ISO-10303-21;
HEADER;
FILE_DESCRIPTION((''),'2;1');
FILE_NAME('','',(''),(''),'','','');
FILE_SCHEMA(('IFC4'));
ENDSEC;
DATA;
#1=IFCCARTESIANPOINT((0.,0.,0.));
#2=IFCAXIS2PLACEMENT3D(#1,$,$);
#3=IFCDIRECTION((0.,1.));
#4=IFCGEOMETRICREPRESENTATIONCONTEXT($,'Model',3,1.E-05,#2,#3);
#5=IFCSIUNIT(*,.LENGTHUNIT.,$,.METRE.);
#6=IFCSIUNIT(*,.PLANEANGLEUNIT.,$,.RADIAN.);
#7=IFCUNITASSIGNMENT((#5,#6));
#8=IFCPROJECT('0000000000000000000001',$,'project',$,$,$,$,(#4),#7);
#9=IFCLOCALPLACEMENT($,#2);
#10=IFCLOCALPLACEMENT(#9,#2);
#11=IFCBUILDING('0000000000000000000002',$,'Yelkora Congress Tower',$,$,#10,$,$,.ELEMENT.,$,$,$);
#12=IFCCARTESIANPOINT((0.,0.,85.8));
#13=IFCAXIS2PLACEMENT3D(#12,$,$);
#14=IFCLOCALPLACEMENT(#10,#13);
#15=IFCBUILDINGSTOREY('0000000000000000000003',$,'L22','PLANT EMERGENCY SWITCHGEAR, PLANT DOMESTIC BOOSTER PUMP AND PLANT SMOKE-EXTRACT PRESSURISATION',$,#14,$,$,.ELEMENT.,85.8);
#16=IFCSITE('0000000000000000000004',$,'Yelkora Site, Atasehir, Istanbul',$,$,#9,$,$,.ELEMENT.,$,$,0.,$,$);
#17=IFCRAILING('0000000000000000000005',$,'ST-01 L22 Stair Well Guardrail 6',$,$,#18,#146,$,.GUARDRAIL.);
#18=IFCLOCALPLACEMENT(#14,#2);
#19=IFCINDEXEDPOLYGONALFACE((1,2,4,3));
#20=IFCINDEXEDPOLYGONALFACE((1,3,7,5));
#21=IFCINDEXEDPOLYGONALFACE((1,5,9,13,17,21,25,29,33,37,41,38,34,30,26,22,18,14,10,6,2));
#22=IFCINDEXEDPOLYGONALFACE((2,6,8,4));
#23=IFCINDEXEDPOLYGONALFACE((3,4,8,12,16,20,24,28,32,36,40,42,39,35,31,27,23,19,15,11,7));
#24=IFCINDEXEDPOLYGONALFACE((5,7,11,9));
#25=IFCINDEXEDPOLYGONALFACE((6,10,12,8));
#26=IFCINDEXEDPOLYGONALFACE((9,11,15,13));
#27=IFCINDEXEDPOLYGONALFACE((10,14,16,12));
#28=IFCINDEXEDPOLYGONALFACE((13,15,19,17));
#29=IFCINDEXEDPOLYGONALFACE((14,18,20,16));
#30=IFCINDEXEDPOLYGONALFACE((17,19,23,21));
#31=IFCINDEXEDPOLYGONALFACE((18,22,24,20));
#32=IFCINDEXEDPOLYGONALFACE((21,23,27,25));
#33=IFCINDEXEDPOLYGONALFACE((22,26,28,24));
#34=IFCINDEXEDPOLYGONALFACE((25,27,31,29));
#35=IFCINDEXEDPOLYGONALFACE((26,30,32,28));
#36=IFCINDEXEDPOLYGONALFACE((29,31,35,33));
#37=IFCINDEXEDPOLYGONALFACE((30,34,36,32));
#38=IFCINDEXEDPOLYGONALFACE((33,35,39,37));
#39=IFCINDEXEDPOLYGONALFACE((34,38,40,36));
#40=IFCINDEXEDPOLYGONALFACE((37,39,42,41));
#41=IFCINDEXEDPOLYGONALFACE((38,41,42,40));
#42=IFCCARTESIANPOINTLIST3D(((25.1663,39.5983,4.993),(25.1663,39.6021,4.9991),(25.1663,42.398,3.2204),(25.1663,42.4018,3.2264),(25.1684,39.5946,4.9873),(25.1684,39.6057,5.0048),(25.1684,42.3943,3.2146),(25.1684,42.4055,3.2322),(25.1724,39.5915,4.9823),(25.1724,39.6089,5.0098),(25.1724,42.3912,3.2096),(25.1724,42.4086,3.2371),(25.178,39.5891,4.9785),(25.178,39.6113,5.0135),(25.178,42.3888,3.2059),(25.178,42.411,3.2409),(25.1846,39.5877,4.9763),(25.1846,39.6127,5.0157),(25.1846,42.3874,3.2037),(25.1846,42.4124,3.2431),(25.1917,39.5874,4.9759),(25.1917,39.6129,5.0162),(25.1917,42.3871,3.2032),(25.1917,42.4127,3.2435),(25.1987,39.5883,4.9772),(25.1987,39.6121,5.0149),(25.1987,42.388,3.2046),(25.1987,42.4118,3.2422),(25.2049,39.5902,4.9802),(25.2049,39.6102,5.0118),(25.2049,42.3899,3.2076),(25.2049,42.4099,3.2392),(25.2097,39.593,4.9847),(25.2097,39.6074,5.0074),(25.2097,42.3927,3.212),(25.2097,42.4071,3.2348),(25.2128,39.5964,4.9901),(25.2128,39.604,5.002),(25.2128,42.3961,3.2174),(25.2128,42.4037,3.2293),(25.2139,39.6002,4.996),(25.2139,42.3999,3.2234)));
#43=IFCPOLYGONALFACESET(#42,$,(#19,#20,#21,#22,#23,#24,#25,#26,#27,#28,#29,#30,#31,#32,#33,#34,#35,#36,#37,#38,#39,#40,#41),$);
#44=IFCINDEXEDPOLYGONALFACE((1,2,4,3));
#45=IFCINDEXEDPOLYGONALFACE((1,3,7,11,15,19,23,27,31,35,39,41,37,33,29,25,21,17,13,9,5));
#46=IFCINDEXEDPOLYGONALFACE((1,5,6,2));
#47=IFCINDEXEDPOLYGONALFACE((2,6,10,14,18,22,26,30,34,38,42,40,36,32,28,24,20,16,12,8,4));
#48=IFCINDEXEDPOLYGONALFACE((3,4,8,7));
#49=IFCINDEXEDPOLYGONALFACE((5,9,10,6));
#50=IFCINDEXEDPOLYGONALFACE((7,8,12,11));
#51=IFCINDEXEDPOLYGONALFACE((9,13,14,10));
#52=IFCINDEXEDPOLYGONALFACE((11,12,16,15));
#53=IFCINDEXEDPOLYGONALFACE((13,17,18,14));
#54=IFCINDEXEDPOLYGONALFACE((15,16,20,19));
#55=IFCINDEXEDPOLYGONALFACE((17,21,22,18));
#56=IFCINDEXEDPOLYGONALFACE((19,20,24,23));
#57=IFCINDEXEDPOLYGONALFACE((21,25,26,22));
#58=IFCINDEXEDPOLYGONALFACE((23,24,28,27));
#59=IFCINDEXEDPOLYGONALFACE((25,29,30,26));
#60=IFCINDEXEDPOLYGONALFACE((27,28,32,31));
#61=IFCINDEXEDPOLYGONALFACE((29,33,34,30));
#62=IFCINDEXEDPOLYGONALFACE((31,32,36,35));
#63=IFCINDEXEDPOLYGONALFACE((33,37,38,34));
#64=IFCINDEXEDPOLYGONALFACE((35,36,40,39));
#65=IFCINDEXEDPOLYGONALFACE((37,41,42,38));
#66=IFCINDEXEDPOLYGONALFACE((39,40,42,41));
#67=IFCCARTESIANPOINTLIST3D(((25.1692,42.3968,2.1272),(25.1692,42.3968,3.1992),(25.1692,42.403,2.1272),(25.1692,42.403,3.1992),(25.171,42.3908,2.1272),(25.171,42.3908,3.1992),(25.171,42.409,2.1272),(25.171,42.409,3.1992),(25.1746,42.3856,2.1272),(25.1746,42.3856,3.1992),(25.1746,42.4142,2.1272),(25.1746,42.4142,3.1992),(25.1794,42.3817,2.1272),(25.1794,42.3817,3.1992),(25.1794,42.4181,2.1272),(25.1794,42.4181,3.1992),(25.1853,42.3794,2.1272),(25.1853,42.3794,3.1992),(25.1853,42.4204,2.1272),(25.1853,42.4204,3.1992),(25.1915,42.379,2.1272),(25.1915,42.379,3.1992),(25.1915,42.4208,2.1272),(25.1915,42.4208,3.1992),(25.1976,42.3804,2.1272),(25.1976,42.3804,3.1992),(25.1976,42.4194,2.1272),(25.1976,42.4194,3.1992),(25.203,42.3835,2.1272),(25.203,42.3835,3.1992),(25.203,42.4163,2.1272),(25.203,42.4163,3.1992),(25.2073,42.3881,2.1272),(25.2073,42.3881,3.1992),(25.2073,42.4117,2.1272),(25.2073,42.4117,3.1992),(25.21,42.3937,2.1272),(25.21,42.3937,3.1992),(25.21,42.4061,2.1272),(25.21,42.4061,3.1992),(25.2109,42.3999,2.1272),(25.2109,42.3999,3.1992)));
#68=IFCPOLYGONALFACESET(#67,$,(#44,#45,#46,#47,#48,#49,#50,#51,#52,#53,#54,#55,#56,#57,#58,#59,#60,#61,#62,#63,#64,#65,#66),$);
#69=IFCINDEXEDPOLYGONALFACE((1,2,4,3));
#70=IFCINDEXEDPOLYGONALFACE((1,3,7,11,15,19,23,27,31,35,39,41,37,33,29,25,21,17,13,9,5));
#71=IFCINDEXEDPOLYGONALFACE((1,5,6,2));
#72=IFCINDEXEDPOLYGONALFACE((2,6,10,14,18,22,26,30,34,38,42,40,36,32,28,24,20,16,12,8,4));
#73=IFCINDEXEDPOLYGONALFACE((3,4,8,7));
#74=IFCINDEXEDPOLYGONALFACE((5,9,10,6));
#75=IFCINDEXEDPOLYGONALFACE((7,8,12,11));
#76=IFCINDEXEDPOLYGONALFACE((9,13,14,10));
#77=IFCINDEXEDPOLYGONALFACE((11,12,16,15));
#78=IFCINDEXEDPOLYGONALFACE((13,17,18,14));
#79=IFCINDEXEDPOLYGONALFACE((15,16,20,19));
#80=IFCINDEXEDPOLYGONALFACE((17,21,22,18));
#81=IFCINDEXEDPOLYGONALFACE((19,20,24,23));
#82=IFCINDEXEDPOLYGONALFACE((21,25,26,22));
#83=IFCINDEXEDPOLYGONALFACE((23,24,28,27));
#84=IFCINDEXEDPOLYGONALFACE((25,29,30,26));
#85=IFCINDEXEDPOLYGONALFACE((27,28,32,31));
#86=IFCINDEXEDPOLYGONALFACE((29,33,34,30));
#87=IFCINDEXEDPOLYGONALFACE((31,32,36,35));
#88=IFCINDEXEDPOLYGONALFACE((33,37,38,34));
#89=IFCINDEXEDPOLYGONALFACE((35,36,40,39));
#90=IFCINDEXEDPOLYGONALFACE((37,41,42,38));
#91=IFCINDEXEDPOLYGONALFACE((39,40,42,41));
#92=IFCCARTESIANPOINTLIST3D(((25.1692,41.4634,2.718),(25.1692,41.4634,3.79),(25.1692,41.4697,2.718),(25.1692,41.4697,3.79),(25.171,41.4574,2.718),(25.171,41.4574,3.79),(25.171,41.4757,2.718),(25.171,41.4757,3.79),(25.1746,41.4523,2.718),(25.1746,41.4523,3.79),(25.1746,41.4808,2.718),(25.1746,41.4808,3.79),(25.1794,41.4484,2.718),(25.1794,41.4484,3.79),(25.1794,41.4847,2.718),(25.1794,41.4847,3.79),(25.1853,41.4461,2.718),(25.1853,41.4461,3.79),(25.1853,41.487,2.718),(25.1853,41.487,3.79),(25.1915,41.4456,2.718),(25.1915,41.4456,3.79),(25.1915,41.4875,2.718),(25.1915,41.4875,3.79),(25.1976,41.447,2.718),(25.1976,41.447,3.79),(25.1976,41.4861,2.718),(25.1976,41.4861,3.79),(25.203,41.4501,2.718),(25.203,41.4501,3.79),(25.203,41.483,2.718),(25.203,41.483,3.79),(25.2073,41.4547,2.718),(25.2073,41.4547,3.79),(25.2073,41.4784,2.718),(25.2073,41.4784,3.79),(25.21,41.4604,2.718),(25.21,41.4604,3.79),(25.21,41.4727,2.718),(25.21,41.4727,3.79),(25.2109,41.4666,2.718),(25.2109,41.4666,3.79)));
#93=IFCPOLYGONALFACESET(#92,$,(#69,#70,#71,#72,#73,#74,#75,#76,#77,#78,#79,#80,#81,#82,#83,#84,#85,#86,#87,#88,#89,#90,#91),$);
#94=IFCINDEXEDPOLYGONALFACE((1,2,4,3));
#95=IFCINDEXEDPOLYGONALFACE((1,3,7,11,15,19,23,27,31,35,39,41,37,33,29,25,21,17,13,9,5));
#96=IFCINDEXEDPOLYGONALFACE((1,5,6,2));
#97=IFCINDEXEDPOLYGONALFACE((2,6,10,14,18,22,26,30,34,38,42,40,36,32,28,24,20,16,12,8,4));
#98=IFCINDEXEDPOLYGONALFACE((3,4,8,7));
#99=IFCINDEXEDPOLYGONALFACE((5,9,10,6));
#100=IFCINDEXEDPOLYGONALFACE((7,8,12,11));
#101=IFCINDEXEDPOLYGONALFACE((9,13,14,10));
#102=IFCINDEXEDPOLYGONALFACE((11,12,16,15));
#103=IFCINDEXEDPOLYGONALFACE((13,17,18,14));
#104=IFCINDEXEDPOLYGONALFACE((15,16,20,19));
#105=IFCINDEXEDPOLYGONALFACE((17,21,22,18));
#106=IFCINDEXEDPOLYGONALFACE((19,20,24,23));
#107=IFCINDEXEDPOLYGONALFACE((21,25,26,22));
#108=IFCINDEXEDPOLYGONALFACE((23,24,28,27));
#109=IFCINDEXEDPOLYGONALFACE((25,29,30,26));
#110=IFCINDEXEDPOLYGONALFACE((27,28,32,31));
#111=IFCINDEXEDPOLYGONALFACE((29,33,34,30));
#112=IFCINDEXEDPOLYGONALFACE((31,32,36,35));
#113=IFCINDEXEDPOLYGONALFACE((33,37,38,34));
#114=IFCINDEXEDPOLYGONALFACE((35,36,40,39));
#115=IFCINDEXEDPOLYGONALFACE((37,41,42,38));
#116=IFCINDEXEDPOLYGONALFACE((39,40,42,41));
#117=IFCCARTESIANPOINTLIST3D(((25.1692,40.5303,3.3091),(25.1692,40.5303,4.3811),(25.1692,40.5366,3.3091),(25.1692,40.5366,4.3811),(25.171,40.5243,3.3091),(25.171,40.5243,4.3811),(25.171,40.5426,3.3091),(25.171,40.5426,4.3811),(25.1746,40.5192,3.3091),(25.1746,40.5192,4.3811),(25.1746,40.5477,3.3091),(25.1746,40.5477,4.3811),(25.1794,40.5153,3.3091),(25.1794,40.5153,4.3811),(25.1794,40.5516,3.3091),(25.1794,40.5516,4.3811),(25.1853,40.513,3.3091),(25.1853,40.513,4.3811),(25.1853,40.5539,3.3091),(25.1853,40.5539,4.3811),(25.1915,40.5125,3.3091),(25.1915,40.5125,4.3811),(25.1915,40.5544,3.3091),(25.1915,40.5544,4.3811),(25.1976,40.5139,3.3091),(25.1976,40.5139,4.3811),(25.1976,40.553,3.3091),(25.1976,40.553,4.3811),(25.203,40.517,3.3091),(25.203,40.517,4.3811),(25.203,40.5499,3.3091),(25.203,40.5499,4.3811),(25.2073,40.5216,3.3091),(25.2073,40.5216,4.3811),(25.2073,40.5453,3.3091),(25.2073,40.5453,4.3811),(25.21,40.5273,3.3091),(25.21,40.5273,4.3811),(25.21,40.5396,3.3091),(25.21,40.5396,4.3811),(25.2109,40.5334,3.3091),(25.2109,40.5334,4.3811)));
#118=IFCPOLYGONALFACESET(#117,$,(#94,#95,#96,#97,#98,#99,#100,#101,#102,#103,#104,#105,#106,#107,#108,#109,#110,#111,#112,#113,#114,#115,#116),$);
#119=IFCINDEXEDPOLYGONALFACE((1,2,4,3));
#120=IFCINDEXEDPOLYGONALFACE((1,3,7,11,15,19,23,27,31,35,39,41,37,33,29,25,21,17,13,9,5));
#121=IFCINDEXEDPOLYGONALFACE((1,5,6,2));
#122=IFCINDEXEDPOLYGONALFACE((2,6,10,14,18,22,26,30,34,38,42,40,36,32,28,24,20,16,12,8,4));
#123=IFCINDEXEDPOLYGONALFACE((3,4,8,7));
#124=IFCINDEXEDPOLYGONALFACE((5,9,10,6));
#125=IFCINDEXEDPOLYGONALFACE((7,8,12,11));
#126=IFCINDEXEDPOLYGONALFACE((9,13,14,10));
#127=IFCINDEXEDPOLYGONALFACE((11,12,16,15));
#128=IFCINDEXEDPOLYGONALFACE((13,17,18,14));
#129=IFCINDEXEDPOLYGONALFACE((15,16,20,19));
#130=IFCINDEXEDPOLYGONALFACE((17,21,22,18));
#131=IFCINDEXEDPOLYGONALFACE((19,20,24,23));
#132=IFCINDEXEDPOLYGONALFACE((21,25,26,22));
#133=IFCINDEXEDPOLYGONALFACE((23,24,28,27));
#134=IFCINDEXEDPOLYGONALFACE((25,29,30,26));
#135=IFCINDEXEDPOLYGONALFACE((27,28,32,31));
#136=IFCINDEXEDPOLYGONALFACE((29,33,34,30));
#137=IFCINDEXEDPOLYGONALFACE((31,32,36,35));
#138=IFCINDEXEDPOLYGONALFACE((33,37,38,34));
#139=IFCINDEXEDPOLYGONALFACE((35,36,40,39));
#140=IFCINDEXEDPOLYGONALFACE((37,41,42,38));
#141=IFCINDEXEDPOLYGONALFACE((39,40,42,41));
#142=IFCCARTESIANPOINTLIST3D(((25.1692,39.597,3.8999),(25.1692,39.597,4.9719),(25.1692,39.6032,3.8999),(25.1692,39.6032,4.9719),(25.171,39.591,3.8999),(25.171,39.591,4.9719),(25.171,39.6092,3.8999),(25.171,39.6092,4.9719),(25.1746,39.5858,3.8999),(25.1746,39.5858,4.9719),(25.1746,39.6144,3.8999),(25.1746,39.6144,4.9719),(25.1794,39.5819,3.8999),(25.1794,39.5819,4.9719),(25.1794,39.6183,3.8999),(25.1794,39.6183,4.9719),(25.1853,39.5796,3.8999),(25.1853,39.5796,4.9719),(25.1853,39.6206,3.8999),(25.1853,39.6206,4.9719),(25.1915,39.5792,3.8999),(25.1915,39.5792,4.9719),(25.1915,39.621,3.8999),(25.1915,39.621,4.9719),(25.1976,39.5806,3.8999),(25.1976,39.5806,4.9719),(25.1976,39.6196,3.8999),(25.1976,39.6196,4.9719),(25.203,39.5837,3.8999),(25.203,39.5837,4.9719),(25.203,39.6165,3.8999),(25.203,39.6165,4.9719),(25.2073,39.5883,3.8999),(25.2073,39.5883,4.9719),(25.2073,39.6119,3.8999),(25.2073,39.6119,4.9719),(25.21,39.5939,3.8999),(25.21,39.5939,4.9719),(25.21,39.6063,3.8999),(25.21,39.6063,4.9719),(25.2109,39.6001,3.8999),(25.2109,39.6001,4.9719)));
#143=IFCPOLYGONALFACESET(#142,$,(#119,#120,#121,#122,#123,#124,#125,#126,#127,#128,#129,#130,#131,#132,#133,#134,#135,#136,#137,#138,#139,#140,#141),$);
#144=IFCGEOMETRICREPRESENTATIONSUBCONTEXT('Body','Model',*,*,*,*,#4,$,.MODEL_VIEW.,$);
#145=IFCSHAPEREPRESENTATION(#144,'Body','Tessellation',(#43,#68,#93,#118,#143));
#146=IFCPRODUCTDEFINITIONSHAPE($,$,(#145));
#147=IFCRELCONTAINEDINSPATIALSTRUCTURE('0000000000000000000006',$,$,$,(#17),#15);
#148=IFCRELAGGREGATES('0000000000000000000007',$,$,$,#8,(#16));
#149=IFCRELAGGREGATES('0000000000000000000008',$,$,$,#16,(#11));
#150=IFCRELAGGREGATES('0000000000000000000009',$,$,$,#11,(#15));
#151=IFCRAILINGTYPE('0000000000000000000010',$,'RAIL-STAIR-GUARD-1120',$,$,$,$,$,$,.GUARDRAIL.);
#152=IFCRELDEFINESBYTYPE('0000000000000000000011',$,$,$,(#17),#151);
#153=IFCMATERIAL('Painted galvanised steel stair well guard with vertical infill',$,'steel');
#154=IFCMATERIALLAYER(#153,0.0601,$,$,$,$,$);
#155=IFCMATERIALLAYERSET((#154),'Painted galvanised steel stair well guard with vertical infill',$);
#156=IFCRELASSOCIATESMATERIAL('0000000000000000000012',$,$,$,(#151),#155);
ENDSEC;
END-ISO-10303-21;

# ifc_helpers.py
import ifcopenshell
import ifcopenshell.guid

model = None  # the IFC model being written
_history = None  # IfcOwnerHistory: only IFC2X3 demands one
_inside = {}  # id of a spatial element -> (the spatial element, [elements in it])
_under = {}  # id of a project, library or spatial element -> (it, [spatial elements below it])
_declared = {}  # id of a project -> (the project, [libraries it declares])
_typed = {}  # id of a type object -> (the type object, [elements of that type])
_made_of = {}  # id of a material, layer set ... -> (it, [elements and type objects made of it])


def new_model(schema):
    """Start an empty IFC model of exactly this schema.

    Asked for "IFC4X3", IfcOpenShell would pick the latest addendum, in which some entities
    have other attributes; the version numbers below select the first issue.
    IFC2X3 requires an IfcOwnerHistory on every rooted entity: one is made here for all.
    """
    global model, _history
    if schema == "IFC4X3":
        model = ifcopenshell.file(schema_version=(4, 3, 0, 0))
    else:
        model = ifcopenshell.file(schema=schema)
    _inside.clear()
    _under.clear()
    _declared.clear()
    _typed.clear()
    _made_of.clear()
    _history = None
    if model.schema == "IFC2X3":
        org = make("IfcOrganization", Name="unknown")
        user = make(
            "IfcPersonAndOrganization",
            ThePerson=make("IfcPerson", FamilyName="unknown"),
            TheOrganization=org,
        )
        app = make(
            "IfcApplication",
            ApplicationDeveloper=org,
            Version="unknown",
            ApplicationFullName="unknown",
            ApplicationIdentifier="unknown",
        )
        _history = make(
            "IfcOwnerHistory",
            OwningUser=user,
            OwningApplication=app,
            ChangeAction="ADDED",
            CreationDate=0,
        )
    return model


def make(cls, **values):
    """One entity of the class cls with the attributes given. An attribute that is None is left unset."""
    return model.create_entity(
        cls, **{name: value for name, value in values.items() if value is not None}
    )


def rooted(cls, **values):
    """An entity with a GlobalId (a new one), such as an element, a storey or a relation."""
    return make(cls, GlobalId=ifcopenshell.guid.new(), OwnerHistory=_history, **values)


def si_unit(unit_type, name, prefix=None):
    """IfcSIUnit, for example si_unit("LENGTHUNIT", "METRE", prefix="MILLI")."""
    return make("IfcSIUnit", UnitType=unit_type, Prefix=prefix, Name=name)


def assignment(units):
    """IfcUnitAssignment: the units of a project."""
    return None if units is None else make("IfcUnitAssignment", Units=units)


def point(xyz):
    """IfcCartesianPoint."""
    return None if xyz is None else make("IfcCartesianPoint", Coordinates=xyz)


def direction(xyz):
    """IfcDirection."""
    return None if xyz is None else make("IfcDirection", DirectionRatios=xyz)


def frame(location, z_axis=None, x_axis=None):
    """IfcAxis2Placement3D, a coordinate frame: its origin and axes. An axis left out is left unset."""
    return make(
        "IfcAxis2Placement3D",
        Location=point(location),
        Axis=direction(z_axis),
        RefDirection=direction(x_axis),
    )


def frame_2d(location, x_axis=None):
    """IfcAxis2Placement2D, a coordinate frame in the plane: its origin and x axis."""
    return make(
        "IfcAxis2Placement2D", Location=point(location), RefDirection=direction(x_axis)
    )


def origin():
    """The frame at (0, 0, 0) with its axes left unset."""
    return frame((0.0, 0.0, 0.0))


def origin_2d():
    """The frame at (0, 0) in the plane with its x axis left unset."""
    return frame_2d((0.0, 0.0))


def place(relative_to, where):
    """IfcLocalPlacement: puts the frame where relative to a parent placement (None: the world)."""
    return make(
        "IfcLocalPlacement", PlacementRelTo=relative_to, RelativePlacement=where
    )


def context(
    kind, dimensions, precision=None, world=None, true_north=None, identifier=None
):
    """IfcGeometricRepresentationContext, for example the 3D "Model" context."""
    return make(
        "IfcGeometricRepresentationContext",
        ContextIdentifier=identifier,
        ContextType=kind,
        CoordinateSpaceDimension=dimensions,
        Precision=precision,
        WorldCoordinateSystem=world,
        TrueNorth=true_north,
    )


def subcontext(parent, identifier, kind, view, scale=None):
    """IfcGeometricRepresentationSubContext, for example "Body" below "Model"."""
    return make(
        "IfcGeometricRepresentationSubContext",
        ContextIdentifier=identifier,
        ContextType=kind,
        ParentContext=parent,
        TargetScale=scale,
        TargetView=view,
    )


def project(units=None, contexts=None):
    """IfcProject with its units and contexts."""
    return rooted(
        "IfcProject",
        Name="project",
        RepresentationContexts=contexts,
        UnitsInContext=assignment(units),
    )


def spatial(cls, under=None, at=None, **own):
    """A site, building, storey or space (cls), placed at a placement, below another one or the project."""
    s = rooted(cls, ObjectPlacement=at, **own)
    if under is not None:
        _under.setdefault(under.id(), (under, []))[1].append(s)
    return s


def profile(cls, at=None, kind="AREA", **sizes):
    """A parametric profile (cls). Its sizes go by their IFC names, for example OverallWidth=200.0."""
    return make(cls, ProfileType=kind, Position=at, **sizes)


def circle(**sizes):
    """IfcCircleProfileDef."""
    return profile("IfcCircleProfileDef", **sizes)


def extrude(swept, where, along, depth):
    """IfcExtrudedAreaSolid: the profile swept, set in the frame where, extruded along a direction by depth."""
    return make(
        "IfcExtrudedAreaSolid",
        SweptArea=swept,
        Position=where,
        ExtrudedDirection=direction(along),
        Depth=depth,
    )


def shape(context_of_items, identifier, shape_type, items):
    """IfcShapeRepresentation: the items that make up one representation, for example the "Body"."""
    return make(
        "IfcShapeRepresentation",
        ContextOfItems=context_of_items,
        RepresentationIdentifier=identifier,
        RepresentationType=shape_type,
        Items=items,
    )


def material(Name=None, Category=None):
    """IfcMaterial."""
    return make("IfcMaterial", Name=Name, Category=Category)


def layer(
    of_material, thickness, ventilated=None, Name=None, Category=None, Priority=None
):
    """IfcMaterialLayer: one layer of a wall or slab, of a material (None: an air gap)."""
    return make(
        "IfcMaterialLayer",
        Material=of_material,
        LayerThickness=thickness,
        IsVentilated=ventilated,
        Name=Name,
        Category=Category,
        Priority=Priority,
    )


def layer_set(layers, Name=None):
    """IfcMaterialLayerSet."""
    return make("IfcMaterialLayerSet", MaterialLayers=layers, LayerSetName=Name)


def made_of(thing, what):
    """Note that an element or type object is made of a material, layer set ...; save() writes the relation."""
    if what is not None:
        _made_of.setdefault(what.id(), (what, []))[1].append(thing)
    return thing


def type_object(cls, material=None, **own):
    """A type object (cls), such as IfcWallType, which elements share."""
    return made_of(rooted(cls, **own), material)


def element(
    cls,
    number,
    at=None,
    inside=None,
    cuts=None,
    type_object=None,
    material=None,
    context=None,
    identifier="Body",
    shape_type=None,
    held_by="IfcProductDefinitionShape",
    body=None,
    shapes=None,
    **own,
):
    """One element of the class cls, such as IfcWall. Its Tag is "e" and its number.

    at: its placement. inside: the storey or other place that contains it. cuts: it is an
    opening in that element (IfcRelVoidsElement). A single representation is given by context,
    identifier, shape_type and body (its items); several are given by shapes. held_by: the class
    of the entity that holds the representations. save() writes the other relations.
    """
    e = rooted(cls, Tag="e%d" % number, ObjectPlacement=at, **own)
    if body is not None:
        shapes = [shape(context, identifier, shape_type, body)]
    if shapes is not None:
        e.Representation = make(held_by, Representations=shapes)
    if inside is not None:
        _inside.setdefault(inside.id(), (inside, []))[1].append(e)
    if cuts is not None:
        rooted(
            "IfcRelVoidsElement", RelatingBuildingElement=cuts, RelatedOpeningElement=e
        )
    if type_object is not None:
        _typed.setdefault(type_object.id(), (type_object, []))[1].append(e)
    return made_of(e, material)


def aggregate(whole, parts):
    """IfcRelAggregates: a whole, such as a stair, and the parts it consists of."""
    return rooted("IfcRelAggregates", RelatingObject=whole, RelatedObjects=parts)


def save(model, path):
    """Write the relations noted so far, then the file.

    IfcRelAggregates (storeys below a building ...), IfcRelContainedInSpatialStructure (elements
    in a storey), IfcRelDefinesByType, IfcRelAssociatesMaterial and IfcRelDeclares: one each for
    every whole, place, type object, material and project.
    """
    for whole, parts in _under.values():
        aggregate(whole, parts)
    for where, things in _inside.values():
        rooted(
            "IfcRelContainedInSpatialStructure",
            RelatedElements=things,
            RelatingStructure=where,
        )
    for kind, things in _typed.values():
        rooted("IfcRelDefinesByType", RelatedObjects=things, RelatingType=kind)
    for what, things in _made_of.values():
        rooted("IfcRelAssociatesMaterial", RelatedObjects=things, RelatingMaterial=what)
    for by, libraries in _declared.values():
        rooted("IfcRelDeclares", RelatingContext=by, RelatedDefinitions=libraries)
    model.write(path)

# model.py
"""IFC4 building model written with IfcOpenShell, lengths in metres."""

from ifc_helpers import new_model, si_unit, direction, frame, origin, origin_2d, place, context, subcontext, project, spatial, circle, extrude, material, layer, layer_set, type_object, element, save


model = new_model("IFC4")

# Units and contexts
model_context = context("Model", 3, precision=1e-05, world=origin(), true_north=direction((0.0, 1.0)))
body_context = subcontext(model_context, "Body", "Model", "MODEL_VIEW")
ifc_project = project(units=[si_unit("LENGTHUNIT", "METRE"), si_unit("PLANEANGLEUNIT", "RADIAN")], contexts=[model_context])

# Site, building, storey
site_placement = place(None, origin())
site = spatial("IfcSite", under=ifc_project, at=site_placement, Name="Yelkora Site, Atasehir, Istanbul", CompositionType="ELEMENT", RefElevation=0.0)
building_placement = place(site_placement, origin())
building = spatial("IfcBuilding", under=site, at=building_placement, Name="Yelkora Congress Tower", CompositionType="ELEMENT")
storey_placement = place(building_placement, frame((0.0, 0.0, 85.8)))
storey = spatial("IfcBuildingStorey", under=building, at=storey_placement, Name="L22", Description="PLANT EMERGENCY SWITCHGEAR, PLANT DOMESTIC BOOSTER PUMP AND PLANT SMOKE-EXTRACT PRESSURISATION", CompositionType="ELEMENT", Elevation=85.8)

# Railing
ifc_material_1 = material(Name="Painted galvanised steel stair well guard with vertical infill", Category="steel")
ifc_layer_1 = layer(ifc_material_1, 0.0601)
ifc_layer_set_1 = layer_set([ifc_layer_1], Name="Painted galvanised steel stair well guard with vertical infill")
railing_type_1 = type_object("IfcRailingType", Name="RAIL-STAIR-GUARD-1120", PredefinedType="GUARDRAIL", material=ifc_layer_set_1)
railing_1_placement = place(storey_placement, frame((25.1899, 42.3999, 2.1272)))
element("IfcRailing", 1, at=railing_1_placement, inside=storey, type_object=railing_type_1, Name="ST-01 L22 Stair Well Guardrail 6", PredefinedType="GUARDRAIL", context=body_context, shape_type="SweptSolid", body=[
    extrude(circle(Radius=0.0239, at=origin_2d()), frame((0.0, 0.0, 1.0962), z_axis=(0.0, -0.844888, 0.534943), x_axis=(1.0, 0.0, 0.0)), (0.0, 0.0, 1.0), 3.3137),
    extrude(circle(Radius=0.021, at=origin_2d()), origin(), (0.0, 0.0, 1.0), 1.072),
    extrude(circle(Radius=0.021, at=origin_2d()), frame((0.0, -0.9333, 0.5908)), (0.0, 0.0, 1.0), 1.072),
    extrude(circle(Radius=0.021, at=origin_2d()), frame((0.0, -1.8665, 1.1819)), (0.0, 0.0, 1.0), 1.072),
    extrude(circle(Radius=0.021, at=origin_2d()), frame((0.0, -2.7998, 1.7727)), (0.0, 0.0, 1.0), 1.072),
])

save(model, "model.ifc")
